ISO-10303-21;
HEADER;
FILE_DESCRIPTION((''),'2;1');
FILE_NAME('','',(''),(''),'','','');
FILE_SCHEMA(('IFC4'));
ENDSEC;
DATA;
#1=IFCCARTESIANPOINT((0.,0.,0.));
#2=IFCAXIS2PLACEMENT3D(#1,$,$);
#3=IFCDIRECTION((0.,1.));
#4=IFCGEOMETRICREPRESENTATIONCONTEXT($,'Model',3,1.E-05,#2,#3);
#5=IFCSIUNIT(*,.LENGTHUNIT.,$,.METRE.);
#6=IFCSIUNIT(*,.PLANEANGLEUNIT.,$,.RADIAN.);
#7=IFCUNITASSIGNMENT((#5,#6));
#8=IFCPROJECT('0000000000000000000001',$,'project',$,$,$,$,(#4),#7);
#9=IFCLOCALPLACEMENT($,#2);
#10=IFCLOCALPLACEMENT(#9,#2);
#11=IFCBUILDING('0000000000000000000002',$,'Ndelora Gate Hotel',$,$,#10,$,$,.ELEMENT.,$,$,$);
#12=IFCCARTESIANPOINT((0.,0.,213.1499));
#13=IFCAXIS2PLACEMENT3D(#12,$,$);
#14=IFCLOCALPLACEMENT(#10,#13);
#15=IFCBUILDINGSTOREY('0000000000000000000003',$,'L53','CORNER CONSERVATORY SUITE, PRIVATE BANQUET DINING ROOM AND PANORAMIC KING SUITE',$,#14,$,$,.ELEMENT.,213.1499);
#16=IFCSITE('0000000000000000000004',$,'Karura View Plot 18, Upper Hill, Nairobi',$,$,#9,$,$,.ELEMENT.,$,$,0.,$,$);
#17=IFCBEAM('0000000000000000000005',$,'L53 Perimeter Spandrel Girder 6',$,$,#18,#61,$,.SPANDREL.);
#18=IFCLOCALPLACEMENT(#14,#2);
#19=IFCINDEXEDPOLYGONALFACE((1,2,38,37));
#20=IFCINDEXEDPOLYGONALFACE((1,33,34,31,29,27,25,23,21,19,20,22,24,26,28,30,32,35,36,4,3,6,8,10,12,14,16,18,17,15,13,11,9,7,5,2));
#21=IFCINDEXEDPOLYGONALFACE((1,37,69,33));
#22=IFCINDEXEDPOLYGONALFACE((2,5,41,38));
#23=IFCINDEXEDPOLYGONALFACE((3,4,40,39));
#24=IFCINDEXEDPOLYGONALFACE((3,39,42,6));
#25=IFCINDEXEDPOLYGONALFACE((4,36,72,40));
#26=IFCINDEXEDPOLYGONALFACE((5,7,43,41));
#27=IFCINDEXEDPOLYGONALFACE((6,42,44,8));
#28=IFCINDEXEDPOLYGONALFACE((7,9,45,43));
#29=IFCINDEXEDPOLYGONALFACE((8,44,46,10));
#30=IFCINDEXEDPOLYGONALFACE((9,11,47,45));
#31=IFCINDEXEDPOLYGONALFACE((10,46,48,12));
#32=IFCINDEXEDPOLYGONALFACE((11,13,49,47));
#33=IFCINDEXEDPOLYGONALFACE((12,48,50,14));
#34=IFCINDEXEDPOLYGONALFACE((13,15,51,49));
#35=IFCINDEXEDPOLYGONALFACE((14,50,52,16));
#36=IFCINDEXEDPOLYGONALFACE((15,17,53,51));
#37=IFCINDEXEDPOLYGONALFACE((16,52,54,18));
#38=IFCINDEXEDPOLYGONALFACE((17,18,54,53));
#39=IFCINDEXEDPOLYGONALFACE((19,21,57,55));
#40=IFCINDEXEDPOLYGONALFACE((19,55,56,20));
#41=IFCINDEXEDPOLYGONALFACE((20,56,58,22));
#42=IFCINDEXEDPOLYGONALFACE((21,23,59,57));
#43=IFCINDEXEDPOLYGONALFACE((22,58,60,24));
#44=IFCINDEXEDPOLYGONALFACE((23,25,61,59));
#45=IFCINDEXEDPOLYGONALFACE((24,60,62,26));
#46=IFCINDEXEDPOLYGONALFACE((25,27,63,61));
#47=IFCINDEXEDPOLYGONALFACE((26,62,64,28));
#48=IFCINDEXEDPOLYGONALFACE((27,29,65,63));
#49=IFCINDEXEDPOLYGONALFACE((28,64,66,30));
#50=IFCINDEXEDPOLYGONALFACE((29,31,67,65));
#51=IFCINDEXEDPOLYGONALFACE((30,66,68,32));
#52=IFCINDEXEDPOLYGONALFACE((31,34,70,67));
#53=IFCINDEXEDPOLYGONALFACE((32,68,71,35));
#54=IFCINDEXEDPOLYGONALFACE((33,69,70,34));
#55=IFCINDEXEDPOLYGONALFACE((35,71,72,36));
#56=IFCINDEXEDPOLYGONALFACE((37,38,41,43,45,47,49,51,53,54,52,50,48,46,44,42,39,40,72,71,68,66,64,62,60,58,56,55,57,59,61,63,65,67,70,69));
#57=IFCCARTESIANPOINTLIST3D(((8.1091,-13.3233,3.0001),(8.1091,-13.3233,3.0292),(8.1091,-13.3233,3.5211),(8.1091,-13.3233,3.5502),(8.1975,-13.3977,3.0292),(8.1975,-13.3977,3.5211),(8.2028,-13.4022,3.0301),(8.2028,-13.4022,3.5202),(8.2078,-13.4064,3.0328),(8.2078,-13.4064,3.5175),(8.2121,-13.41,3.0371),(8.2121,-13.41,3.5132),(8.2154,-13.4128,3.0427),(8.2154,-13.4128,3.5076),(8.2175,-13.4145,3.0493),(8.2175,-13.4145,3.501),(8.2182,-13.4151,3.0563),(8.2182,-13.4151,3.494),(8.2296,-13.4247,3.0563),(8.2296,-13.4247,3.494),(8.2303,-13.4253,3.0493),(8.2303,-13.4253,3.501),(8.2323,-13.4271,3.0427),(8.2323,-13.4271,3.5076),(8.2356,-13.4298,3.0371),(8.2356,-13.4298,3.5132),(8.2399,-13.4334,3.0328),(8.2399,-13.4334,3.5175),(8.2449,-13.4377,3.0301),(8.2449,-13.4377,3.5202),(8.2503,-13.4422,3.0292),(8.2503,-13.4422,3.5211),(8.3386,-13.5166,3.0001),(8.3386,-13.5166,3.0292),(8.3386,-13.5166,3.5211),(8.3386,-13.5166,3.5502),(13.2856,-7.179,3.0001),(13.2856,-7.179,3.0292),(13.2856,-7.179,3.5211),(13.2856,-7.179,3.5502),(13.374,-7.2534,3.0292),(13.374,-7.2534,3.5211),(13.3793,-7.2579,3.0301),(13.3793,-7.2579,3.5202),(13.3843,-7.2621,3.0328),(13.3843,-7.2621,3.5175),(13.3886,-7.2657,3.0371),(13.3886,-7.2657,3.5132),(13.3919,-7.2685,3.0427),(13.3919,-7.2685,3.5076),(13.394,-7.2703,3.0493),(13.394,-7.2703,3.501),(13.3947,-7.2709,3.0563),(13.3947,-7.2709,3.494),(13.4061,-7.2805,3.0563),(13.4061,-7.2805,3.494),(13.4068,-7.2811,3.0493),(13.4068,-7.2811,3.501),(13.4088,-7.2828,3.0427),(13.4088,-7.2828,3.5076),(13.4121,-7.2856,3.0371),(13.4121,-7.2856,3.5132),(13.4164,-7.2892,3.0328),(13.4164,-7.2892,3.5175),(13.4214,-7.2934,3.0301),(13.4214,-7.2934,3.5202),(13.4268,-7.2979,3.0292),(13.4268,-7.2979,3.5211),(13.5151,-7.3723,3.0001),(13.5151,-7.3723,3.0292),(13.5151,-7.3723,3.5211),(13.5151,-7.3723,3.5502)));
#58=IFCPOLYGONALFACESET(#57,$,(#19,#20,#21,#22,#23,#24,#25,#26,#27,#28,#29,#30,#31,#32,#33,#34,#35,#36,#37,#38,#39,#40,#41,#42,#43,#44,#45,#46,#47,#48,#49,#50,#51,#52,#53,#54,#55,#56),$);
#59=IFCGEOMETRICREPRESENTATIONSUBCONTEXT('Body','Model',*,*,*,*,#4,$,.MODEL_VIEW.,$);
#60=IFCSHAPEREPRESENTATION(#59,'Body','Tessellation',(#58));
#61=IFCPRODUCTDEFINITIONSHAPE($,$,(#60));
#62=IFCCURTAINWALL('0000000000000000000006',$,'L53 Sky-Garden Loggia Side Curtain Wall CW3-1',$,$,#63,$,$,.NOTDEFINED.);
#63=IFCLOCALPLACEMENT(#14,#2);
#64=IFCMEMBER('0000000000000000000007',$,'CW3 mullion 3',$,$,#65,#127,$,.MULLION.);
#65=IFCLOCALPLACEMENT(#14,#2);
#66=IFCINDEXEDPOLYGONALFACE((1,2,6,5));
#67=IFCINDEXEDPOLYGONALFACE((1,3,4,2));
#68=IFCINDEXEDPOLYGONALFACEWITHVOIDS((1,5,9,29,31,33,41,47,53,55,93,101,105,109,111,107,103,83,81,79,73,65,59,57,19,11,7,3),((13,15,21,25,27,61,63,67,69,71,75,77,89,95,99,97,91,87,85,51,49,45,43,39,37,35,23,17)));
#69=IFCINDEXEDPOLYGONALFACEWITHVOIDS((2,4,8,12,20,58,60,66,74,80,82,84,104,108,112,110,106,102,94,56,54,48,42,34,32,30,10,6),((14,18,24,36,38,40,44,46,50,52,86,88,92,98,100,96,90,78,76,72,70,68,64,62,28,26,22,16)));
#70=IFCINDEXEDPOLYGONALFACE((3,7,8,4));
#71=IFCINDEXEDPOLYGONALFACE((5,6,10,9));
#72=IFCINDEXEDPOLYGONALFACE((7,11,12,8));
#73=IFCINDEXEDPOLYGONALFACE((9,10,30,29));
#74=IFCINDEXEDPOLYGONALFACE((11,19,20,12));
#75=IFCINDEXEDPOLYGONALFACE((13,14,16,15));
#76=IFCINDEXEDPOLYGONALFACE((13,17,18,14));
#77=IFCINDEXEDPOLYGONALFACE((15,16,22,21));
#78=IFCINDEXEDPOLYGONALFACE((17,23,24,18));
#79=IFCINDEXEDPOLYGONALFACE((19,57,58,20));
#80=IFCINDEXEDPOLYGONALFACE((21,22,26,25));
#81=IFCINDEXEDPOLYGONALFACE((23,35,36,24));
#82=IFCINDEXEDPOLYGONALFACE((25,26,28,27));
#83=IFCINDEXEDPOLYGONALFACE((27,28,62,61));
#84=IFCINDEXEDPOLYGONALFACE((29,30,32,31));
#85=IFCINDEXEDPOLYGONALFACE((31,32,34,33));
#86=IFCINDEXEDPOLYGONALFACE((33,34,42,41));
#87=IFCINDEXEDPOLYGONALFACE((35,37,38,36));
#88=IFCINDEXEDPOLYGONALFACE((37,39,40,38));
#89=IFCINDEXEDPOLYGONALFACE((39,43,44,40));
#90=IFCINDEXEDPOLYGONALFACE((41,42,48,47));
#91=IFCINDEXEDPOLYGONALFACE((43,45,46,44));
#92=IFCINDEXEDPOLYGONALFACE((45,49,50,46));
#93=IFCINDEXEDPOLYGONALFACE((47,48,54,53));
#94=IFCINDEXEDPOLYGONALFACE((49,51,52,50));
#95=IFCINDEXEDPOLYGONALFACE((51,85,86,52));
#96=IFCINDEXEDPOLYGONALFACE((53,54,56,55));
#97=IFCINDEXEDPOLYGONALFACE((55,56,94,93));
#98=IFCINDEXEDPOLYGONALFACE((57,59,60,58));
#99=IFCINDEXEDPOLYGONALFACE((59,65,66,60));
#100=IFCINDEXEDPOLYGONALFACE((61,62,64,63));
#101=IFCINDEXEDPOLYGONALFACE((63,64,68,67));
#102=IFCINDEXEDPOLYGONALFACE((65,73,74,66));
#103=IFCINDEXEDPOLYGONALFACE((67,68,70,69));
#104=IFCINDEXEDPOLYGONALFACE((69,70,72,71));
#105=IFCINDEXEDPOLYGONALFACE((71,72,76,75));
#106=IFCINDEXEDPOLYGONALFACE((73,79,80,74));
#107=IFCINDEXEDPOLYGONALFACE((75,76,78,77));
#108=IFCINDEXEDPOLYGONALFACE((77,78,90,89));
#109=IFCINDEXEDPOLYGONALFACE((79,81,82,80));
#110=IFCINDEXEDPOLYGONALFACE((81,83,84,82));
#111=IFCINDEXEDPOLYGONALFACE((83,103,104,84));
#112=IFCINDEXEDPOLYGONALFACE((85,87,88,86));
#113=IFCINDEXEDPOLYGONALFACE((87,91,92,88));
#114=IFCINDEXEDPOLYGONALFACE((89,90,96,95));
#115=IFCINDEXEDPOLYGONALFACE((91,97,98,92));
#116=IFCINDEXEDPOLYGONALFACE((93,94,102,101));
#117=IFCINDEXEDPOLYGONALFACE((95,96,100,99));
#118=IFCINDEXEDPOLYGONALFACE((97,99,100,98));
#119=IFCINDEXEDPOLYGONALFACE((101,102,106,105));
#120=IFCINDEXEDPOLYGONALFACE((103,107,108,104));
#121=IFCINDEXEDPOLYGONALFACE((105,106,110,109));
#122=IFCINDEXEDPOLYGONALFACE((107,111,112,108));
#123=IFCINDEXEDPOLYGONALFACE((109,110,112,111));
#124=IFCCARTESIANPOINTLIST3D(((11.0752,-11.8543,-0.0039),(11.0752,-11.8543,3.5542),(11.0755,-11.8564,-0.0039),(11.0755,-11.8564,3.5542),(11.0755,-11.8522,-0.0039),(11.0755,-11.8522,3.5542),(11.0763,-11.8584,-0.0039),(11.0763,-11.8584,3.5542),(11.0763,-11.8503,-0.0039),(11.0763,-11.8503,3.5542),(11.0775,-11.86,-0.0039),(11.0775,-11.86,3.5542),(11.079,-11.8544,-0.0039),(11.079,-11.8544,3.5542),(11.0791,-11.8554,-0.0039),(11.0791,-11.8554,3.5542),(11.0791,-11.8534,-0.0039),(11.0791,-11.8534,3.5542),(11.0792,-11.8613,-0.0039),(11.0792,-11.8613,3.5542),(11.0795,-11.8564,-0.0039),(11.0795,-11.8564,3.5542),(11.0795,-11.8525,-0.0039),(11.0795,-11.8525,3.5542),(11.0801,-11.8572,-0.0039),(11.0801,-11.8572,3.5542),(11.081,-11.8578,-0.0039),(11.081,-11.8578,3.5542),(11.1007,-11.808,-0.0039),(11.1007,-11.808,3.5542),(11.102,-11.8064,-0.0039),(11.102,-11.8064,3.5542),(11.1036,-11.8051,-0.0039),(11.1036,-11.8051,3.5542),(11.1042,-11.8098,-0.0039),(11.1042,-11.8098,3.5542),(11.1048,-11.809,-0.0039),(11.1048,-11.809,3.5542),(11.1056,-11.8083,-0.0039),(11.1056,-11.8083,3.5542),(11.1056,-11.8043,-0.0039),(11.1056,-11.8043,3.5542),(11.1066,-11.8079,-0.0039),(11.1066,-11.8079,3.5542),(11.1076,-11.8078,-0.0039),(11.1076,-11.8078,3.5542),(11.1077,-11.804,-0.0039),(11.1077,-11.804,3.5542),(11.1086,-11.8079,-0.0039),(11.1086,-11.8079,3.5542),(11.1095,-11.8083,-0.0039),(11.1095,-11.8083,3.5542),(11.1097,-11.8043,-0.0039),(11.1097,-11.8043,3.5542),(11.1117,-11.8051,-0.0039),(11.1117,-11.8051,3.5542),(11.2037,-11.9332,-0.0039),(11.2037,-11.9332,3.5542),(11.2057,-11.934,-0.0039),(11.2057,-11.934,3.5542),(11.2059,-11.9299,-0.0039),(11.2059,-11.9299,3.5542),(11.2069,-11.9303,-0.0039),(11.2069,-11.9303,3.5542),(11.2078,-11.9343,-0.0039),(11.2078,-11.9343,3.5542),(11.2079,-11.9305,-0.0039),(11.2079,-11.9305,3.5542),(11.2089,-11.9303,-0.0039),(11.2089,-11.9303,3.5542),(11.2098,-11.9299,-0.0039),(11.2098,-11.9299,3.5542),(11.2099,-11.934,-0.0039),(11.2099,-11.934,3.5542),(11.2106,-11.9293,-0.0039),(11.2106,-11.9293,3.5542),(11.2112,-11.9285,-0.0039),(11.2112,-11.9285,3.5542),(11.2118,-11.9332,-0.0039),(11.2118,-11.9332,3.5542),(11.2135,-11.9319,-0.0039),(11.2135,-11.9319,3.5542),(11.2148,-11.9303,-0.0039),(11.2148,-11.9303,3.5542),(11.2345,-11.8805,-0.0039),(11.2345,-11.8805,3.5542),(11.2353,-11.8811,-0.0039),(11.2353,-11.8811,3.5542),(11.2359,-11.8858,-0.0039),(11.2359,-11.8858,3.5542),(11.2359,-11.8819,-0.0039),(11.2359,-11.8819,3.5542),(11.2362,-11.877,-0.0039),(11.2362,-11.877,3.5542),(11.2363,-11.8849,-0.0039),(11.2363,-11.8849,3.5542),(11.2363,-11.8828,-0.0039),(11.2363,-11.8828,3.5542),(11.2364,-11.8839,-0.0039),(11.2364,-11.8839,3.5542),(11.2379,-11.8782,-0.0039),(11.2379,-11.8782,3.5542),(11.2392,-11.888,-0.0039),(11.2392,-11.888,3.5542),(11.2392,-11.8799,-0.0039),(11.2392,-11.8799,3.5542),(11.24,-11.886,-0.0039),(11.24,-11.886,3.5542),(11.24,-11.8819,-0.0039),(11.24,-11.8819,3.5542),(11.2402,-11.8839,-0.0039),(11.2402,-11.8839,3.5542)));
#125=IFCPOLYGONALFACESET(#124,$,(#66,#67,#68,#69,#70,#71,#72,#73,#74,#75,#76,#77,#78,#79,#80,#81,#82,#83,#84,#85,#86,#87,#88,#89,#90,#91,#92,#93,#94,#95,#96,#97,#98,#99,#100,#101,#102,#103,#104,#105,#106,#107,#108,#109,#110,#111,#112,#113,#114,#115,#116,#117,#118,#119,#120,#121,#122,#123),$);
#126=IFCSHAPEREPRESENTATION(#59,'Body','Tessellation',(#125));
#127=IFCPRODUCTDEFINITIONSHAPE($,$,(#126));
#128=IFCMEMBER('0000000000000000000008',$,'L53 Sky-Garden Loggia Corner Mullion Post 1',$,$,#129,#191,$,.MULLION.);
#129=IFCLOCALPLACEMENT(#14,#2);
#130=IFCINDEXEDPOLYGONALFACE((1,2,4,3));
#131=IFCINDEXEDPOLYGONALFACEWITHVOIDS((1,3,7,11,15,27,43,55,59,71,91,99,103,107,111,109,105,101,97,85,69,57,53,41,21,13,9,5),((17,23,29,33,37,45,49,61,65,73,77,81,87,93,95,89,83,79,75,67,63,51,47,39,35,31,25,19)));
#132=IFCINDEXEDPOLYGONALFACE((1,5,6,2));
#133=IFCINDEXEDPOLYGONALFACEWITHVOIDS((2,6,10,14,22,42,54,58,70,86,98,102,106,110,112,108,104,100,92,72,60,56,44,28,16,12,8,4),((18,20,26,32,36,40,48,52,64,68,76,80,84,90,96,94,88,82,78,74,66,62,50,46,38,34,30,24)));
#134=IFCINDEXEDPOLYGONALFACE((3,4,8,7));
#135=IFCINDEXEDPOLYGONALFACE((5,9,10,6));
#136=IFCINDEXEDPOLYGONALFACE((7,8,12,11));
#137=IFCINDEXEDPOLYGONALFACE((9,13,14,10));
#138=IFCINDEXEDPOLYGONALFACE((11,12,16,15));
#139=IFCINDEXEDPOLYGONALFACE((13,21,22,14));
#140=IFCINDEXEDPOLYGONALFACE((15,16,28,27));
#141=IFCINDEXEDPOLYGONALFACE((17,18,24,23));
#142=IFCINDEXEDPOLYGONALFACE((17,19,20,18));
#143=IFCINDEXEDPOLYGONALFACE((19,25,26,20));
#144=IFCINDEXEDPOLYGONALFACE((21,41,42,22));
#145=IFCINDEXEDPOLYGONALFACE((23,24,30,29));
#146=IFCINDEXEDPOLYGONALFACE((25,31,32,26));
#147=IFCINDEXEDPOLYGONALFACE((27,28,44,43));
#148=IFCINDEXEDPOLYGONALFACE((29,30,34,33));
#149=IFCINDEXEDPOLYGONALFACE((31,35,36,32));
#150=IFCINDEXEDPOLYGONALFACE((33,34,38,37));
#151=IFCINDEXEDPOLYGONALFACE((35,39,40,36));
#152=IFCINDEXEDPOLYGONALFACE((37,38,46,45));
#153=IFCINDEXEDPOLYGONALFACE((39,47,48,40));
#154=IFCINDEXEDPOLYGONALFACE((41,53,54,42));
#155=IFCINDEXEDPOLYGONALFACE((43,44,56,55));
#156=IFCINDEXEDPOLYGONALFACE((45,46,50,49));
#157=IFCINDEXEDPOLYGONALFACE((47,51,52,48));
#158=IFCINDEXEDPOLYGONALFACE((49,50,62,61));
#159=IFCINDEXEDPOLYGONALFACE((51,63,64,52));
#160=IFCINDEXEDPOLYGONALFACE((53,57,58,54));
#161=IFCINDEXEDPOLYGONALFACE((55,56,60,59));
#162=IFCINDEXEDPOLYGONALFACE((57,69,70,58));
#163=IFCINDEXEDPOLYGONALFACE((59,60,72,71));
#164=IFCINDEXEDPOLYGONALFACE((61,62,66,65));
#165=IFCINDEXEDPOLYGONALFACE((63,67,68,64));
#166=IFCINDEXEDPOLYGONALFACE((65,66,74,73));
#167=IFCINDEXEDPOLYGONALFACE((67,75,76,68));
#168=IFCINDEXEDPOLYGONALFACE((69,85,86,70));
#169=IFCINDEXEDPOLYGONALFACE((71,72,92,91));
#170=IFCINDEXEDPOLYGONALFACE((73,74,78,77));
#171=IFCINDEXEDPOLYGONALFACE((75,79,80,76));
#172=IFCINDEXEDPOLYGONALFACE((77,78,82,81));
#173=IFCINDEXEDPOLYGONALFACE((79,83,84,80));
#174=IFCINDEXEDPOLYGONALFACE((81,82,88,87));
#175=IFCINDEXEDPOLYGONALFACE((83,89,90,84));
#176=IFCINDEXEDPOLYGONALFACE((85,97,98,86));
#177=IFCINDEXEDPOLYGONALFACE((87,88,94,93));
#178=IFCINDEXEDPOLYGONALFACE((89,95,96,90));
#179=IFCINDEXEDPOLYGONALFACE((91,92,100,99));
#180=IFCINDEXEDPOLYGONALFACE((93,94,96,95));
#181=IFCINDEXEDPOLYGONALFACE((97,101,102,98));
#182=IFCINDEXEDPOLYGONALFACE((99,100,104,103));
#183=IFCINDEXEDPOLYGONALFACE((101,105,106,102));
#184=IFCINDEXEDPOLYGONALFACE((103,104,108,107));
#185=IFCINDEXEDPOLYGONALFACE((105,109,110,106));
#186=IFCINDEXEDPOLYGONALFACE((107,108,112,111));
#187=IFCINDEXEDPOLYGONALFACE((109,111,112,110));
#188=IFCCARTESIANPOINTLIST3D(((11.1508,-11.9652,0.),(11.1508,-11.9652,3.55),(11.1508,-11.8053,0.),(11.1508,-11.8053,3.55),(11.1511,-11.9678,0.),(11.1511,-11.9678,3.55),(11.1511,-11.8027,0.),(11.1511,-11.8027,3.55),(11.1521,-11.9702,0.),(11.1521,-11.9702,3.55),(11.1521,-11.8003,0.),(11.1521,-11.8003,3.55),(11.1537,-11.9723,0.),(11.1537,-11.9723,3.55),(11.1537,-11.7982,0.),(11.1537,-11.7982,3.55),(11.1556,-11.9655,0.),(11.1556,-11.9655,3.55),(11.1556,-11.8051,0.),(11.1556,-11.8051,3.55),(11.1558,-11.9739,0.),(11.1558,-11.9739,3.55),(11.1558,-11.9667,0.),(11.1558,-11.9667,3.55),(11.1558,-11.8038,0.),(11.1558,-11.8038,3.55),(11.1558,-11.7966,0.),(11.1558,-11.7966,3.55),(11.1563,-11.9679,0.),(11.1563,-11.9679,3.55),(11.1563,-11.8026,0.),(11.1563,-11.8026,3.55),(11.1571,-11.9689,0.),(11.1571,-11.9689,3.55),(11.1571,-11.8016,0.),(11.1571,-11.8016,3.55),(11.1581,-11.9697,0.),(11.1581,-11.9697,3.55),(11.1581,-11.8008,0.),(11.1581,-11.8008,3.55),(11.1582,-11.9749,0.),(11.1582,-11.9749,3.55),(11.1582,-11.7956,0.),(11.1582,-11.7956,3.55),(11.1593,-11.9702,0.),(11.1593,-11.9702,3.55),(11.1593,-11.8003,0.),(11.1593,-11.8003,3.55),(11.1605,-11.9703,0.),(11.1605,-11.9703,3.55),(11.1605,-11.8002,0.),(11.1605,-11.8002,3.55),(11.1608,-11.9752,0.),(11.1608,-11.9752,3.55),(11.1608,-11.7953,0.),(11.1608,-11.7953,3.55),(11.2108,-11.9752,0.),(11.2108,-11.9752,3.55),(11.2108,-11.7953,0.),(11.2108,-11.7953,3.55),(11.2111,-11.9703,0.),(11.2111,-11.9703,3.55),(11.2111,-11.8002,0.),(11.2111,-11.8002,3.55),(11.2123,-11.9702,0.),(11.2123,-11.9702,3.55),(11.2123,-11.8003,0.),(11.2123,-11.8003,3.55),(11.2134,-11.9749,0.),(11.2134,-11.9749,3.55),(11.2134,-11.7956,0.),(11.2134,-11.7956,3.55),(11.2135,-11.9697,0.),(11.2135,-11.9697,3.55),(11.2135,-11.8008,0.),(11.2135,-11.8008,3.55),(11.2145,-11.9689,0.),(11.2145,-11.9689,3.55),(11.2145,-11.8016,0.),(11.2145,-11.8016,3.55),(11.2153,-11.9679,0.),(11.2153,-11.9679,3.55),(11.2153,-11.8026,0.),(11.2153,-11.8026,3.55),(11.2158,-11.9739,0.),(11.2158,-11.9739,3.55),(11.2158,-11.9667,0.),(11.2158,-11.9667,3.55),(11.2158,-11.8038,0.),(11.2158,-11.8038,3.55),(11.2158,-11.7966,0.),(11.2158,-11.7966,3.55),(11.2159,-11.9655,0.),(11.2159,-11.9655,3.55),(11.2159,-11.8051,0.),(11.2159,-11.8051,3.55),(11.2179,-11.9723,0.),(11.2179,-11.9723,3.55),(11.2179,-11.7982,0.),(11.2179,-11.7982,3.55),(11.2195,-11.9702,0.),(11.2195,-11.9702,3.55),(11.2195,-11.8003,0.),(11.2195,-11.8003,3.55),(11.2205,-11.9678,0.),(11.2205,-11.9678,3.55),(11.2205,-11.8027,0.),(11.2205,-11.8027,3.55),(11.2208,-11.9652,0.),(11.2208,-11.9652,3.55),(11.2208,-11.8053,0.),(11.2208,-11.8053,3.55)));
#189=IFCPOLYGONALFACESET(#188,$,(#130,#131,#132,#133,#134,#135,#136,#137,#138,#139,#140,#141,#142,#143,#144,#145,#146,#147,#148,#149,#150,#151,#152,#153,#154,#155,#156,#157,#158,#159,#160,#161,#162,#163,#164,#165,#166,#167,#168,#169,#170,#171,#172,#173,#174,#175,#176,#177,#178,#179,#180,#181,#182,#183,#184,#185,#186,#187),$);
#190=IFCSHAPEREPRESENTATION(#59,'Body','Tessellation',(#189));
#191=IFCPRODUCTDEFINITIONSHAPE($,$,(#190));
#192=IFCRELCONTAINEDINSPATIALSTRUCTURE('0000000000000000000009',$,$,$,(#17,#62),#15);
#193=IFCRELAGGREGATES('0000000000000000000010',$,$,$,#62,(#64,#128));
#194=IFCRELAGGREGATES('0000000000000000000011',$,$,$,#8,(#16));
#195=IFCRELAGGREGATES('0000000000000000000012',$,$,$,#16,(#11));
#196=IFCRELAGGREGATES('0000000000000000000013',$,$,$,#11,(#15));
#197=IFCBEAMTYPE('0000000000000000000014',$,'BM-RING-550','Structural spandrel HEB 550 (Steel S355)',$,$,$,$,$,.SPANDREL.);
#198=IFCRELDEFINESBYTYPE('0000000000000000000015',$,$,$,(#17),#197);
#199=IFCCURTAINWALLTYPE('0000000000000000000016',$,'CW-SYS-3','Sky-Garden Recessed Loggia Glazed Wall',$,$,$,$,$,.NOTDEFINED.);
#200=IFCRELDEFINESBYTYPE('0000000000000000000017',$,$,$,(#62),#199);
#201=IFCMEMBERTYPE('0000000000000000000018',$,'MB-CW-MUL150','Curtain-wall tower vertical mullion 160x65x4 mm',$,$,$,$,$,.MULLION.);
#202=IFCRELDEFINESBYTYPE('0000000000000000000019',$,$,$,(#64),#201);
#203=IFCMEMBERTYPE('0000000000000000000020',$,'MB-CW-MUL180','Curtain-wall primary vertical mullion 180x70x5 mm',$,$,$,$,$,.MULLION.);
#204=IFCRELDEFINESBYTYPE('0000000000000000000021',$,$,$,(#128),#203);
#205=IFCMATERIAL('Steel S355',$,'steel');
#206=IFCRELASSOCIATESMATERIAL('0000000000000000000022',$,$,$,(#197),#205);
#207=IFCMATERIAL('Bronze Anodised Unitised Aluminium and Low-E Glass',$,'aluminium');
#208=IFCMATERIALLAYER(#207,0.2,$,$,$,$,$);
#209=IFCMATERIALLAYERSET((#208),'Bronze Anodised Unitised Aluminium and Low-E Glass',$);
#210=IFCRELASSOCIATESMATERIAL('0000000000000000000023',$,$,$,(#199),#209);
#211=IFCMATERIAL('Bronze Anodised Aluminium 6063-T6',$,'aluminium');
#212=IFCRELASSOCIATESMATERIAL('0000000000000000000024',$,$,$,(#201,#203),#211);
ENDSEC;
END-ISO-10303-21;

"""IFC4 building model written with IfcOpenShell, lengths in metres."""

from ifc_helpers import new_model, si_unit, direction, frame, origin, origin_2d, place, context, subcontext, project, spatial, hollow_rectangle, i_section, extrude, material, layer, layer_set, material_profile, profile_set, type_object, element, aggregate, save


model = new_model("IFC4")

# Units and contexts
model_context = context("Model", 3, precision=1e-05, world=origin(), true_north=direction((0.0, 1.0)))
body_context = subcontext(model_context, "Body", "Model", "MODEL_VIEW")
ifc_project = project(units=[si_unit("LENGTHUNIT", "METRE"), si_unit("PLANEANGLEUNIT", "RADIAN")], contexts=[model_context])

# Site, building, storey
site_placement = place(None, origin())
site = spatial("IfcSite", under=ifc_project, at=site_placement, Name="Karura View Plot 18, Upper Hill, Nairobi", CompositionType="ELEMENT", RefElevation=0.0)
building_placement = place(site_placement, origin())
building = spatial("IfcBuilding", under=site, at=building_placement, Name="Ndelora Gate Hotel", CompositionType="ELEMENT")
storey_placement = place(building_placement, frame((0.0, 0.0, 213.1499)))
storey = spatial("IfcBuildingStorey", under=building, at=storey_placement, Name="L53", Description="CORNER CONSERVATORY SUITE, PRIVATE BANQUET DINING ROOM AND PANORAMIC KING SUITE", CompositionType="ELEMENT", Elevation=213.1499)

# Beam
ifc_material_1 = material(Name="Steel S355", Category="steel")
ifc_material_profile_1 = material_profile(ifc_material_1, i_section(OverallWidth=0.3, OverallDepth=0.55, WebThickness=0.0149, FlangeThickness=0.0291, FilletRadius=0.0271, at=origin_2d()), Name="HEB 550")
ifc_profile_set_1 = profile_set([ifc_material_profile_1], Name="Steel S355")
beam_type_1 = type_object("IfcBeamType", Name="BM-RING-550", Description="Structural spandrel HEB 550 (Steel S355)", PredefinedType="SPANDREL", material=ifc_profile_set_1)
beam_1_placement = place(storey_placement, frame((8.2239, -13.4199, 3.2751), z_axis=(0.644309, 0.764765, 0.0), x_axis=(-0.764765, 0.644309, 0.0)))
element("IfcBeam", 1, at=beam_1_placement, inside=storey, type_object=beam_type_1, Name="L53 Perimeter Spandrel Girder 6", PredefinedType="SPANDREL", context=body_context, shape_type="SweptSolid", body=[
    extrude(i_section(OverallWidth=0.3, OverallDepth=0.55, WebThickness=0.0149, FlangeThickness=0.0291, FilletRadius=0.0271, at=origin_2d()), origin(), (0.0, 0.0, 1.0), 8.0342),
])

# Curtain wall, members
ifc_material_2 = material(Name="Bronze Anodised Unitised Aluminium and Low-E Glass", Category="aluminium")
ifc_layer_1 = layer(ifc_material_2, 0.2)
ifc_layer_set_1 = layer_set([ifc_layer_1], Name="Bronze Anodised Unitised Aluminium and Low-E Glass")
curtain_wall_type = type_object("IfcCurtainWallType", Name="CW-SYS-3", Description="Sky-Garden Recessed Loggia Glazed Wall", PredefinedType="NOTDEFINED", material=ifc_layer_set_1)
curtain_wall_placement = place(storey_placement, origin())
curtain_wall = element("IfcCurtainWall", 2, at=curtain_wall_placement, inside=storey, type_object=curtain_wall_type, Name="L53 Sky-Garden Loggia Side Curtain Wall CW3-1", PredefinedType="NOTDEFINED")
ifc_material_3 = material(Name="Bronze Anodised Aluminium 6063-T6", Category="aluminium")
ifc_material_profile_2 = material_profile(ifc_material_3, hollow_rectangle(XDim=0.0649, YDim=0.1599, WallThickness=0.0039, InnerFilletRadius=0.0039, OuterFilletRadius=0.0081, at=origin_2d()), Name="ALU 160x65x4")
ifc_profile_set_2 = profile_set([ifc_material_profile_2], Name="Bronze Anodised Aluminium 6063-T6")
member_type_1 = type_object("IfcMemberType", Name="MB-CW-MUL150", Description="Curtain-wall tower vertical mullion 160x65x4 mm", PredefinedType="MULLION", material=ifc_profile_set_2)
member_1_placement = place(storey_placement, frame((11.1577, -11.8691, -0.0039), z_axis=(0.0, 0.0, 1.0), x_axis=(0.499991, 0.86603, 0.0)))
member_1 = element("IfcMember", 3, at=member_1_placement, type_object=member_type_1, Name="CW3 mullion 3", PredefinedType="MULLION", context=body_context, shape_type="SweptSolid", body=[
    extrude(hollow_rectangle(XDim=0.0649, YDim=0.1599, WallThickness=0.0039, InnerFilletRadius=0.0039, OuterFilletRadius=0.0081, at=origin_2d()), origin(), (0.0, 0.0, 1.0), 3.5581),
])
ifc_material_profile_3 = material_profile(ifc_material_3, hollow_rectangle(XDim=0.0701, YDim=0.1799, WallThickness=0.0049, InnerFilletRadius=0.0049, OuterFilletRadius=0.01, at=origin_2d()), Name="ALU 180x70x5")
ifc_profile_set_3 = profile_set([ifc_material_profile_3], Name="Bronze Anodised Aluminium 6063-T6")
member_type_2 = type_object("IfcMemberType", Name="MB-CW-MUL180", Description="Curtain-wall primary vertical mullion 180x70x5 mm", PredefinedType="MULLION", material=ifc_profile_set_3)
member_2_placement = place(storey_placement, frame((11.1858, -11.8853, 0.0), z_axis=(0.0, 0.0, 1.0), x_axis=(1.0, 0.0, 0.0)))
member_2 = element("IfcMember", 4, at=member_2_placement, type_object=member_type_2, Name="L53 Sky-Garden Loggia Corner Mullion Post 1", PredefinedType="MULLION", context=body_context, shape_type="SweptSolid", body=[
    extrude(hollow_rectangle(XDim=0.0701, YDim=0.1799, WallThickness=0.0049, InnerFilletRadius=0.0049, OuterFilletRadius=0.01, at=origin_2d()), origin(), (0.0, 0.0, 1.0), 3.55),
])
aggregate(curtain_wall, [member_1, member_2])

save(model, "model.ifc")
